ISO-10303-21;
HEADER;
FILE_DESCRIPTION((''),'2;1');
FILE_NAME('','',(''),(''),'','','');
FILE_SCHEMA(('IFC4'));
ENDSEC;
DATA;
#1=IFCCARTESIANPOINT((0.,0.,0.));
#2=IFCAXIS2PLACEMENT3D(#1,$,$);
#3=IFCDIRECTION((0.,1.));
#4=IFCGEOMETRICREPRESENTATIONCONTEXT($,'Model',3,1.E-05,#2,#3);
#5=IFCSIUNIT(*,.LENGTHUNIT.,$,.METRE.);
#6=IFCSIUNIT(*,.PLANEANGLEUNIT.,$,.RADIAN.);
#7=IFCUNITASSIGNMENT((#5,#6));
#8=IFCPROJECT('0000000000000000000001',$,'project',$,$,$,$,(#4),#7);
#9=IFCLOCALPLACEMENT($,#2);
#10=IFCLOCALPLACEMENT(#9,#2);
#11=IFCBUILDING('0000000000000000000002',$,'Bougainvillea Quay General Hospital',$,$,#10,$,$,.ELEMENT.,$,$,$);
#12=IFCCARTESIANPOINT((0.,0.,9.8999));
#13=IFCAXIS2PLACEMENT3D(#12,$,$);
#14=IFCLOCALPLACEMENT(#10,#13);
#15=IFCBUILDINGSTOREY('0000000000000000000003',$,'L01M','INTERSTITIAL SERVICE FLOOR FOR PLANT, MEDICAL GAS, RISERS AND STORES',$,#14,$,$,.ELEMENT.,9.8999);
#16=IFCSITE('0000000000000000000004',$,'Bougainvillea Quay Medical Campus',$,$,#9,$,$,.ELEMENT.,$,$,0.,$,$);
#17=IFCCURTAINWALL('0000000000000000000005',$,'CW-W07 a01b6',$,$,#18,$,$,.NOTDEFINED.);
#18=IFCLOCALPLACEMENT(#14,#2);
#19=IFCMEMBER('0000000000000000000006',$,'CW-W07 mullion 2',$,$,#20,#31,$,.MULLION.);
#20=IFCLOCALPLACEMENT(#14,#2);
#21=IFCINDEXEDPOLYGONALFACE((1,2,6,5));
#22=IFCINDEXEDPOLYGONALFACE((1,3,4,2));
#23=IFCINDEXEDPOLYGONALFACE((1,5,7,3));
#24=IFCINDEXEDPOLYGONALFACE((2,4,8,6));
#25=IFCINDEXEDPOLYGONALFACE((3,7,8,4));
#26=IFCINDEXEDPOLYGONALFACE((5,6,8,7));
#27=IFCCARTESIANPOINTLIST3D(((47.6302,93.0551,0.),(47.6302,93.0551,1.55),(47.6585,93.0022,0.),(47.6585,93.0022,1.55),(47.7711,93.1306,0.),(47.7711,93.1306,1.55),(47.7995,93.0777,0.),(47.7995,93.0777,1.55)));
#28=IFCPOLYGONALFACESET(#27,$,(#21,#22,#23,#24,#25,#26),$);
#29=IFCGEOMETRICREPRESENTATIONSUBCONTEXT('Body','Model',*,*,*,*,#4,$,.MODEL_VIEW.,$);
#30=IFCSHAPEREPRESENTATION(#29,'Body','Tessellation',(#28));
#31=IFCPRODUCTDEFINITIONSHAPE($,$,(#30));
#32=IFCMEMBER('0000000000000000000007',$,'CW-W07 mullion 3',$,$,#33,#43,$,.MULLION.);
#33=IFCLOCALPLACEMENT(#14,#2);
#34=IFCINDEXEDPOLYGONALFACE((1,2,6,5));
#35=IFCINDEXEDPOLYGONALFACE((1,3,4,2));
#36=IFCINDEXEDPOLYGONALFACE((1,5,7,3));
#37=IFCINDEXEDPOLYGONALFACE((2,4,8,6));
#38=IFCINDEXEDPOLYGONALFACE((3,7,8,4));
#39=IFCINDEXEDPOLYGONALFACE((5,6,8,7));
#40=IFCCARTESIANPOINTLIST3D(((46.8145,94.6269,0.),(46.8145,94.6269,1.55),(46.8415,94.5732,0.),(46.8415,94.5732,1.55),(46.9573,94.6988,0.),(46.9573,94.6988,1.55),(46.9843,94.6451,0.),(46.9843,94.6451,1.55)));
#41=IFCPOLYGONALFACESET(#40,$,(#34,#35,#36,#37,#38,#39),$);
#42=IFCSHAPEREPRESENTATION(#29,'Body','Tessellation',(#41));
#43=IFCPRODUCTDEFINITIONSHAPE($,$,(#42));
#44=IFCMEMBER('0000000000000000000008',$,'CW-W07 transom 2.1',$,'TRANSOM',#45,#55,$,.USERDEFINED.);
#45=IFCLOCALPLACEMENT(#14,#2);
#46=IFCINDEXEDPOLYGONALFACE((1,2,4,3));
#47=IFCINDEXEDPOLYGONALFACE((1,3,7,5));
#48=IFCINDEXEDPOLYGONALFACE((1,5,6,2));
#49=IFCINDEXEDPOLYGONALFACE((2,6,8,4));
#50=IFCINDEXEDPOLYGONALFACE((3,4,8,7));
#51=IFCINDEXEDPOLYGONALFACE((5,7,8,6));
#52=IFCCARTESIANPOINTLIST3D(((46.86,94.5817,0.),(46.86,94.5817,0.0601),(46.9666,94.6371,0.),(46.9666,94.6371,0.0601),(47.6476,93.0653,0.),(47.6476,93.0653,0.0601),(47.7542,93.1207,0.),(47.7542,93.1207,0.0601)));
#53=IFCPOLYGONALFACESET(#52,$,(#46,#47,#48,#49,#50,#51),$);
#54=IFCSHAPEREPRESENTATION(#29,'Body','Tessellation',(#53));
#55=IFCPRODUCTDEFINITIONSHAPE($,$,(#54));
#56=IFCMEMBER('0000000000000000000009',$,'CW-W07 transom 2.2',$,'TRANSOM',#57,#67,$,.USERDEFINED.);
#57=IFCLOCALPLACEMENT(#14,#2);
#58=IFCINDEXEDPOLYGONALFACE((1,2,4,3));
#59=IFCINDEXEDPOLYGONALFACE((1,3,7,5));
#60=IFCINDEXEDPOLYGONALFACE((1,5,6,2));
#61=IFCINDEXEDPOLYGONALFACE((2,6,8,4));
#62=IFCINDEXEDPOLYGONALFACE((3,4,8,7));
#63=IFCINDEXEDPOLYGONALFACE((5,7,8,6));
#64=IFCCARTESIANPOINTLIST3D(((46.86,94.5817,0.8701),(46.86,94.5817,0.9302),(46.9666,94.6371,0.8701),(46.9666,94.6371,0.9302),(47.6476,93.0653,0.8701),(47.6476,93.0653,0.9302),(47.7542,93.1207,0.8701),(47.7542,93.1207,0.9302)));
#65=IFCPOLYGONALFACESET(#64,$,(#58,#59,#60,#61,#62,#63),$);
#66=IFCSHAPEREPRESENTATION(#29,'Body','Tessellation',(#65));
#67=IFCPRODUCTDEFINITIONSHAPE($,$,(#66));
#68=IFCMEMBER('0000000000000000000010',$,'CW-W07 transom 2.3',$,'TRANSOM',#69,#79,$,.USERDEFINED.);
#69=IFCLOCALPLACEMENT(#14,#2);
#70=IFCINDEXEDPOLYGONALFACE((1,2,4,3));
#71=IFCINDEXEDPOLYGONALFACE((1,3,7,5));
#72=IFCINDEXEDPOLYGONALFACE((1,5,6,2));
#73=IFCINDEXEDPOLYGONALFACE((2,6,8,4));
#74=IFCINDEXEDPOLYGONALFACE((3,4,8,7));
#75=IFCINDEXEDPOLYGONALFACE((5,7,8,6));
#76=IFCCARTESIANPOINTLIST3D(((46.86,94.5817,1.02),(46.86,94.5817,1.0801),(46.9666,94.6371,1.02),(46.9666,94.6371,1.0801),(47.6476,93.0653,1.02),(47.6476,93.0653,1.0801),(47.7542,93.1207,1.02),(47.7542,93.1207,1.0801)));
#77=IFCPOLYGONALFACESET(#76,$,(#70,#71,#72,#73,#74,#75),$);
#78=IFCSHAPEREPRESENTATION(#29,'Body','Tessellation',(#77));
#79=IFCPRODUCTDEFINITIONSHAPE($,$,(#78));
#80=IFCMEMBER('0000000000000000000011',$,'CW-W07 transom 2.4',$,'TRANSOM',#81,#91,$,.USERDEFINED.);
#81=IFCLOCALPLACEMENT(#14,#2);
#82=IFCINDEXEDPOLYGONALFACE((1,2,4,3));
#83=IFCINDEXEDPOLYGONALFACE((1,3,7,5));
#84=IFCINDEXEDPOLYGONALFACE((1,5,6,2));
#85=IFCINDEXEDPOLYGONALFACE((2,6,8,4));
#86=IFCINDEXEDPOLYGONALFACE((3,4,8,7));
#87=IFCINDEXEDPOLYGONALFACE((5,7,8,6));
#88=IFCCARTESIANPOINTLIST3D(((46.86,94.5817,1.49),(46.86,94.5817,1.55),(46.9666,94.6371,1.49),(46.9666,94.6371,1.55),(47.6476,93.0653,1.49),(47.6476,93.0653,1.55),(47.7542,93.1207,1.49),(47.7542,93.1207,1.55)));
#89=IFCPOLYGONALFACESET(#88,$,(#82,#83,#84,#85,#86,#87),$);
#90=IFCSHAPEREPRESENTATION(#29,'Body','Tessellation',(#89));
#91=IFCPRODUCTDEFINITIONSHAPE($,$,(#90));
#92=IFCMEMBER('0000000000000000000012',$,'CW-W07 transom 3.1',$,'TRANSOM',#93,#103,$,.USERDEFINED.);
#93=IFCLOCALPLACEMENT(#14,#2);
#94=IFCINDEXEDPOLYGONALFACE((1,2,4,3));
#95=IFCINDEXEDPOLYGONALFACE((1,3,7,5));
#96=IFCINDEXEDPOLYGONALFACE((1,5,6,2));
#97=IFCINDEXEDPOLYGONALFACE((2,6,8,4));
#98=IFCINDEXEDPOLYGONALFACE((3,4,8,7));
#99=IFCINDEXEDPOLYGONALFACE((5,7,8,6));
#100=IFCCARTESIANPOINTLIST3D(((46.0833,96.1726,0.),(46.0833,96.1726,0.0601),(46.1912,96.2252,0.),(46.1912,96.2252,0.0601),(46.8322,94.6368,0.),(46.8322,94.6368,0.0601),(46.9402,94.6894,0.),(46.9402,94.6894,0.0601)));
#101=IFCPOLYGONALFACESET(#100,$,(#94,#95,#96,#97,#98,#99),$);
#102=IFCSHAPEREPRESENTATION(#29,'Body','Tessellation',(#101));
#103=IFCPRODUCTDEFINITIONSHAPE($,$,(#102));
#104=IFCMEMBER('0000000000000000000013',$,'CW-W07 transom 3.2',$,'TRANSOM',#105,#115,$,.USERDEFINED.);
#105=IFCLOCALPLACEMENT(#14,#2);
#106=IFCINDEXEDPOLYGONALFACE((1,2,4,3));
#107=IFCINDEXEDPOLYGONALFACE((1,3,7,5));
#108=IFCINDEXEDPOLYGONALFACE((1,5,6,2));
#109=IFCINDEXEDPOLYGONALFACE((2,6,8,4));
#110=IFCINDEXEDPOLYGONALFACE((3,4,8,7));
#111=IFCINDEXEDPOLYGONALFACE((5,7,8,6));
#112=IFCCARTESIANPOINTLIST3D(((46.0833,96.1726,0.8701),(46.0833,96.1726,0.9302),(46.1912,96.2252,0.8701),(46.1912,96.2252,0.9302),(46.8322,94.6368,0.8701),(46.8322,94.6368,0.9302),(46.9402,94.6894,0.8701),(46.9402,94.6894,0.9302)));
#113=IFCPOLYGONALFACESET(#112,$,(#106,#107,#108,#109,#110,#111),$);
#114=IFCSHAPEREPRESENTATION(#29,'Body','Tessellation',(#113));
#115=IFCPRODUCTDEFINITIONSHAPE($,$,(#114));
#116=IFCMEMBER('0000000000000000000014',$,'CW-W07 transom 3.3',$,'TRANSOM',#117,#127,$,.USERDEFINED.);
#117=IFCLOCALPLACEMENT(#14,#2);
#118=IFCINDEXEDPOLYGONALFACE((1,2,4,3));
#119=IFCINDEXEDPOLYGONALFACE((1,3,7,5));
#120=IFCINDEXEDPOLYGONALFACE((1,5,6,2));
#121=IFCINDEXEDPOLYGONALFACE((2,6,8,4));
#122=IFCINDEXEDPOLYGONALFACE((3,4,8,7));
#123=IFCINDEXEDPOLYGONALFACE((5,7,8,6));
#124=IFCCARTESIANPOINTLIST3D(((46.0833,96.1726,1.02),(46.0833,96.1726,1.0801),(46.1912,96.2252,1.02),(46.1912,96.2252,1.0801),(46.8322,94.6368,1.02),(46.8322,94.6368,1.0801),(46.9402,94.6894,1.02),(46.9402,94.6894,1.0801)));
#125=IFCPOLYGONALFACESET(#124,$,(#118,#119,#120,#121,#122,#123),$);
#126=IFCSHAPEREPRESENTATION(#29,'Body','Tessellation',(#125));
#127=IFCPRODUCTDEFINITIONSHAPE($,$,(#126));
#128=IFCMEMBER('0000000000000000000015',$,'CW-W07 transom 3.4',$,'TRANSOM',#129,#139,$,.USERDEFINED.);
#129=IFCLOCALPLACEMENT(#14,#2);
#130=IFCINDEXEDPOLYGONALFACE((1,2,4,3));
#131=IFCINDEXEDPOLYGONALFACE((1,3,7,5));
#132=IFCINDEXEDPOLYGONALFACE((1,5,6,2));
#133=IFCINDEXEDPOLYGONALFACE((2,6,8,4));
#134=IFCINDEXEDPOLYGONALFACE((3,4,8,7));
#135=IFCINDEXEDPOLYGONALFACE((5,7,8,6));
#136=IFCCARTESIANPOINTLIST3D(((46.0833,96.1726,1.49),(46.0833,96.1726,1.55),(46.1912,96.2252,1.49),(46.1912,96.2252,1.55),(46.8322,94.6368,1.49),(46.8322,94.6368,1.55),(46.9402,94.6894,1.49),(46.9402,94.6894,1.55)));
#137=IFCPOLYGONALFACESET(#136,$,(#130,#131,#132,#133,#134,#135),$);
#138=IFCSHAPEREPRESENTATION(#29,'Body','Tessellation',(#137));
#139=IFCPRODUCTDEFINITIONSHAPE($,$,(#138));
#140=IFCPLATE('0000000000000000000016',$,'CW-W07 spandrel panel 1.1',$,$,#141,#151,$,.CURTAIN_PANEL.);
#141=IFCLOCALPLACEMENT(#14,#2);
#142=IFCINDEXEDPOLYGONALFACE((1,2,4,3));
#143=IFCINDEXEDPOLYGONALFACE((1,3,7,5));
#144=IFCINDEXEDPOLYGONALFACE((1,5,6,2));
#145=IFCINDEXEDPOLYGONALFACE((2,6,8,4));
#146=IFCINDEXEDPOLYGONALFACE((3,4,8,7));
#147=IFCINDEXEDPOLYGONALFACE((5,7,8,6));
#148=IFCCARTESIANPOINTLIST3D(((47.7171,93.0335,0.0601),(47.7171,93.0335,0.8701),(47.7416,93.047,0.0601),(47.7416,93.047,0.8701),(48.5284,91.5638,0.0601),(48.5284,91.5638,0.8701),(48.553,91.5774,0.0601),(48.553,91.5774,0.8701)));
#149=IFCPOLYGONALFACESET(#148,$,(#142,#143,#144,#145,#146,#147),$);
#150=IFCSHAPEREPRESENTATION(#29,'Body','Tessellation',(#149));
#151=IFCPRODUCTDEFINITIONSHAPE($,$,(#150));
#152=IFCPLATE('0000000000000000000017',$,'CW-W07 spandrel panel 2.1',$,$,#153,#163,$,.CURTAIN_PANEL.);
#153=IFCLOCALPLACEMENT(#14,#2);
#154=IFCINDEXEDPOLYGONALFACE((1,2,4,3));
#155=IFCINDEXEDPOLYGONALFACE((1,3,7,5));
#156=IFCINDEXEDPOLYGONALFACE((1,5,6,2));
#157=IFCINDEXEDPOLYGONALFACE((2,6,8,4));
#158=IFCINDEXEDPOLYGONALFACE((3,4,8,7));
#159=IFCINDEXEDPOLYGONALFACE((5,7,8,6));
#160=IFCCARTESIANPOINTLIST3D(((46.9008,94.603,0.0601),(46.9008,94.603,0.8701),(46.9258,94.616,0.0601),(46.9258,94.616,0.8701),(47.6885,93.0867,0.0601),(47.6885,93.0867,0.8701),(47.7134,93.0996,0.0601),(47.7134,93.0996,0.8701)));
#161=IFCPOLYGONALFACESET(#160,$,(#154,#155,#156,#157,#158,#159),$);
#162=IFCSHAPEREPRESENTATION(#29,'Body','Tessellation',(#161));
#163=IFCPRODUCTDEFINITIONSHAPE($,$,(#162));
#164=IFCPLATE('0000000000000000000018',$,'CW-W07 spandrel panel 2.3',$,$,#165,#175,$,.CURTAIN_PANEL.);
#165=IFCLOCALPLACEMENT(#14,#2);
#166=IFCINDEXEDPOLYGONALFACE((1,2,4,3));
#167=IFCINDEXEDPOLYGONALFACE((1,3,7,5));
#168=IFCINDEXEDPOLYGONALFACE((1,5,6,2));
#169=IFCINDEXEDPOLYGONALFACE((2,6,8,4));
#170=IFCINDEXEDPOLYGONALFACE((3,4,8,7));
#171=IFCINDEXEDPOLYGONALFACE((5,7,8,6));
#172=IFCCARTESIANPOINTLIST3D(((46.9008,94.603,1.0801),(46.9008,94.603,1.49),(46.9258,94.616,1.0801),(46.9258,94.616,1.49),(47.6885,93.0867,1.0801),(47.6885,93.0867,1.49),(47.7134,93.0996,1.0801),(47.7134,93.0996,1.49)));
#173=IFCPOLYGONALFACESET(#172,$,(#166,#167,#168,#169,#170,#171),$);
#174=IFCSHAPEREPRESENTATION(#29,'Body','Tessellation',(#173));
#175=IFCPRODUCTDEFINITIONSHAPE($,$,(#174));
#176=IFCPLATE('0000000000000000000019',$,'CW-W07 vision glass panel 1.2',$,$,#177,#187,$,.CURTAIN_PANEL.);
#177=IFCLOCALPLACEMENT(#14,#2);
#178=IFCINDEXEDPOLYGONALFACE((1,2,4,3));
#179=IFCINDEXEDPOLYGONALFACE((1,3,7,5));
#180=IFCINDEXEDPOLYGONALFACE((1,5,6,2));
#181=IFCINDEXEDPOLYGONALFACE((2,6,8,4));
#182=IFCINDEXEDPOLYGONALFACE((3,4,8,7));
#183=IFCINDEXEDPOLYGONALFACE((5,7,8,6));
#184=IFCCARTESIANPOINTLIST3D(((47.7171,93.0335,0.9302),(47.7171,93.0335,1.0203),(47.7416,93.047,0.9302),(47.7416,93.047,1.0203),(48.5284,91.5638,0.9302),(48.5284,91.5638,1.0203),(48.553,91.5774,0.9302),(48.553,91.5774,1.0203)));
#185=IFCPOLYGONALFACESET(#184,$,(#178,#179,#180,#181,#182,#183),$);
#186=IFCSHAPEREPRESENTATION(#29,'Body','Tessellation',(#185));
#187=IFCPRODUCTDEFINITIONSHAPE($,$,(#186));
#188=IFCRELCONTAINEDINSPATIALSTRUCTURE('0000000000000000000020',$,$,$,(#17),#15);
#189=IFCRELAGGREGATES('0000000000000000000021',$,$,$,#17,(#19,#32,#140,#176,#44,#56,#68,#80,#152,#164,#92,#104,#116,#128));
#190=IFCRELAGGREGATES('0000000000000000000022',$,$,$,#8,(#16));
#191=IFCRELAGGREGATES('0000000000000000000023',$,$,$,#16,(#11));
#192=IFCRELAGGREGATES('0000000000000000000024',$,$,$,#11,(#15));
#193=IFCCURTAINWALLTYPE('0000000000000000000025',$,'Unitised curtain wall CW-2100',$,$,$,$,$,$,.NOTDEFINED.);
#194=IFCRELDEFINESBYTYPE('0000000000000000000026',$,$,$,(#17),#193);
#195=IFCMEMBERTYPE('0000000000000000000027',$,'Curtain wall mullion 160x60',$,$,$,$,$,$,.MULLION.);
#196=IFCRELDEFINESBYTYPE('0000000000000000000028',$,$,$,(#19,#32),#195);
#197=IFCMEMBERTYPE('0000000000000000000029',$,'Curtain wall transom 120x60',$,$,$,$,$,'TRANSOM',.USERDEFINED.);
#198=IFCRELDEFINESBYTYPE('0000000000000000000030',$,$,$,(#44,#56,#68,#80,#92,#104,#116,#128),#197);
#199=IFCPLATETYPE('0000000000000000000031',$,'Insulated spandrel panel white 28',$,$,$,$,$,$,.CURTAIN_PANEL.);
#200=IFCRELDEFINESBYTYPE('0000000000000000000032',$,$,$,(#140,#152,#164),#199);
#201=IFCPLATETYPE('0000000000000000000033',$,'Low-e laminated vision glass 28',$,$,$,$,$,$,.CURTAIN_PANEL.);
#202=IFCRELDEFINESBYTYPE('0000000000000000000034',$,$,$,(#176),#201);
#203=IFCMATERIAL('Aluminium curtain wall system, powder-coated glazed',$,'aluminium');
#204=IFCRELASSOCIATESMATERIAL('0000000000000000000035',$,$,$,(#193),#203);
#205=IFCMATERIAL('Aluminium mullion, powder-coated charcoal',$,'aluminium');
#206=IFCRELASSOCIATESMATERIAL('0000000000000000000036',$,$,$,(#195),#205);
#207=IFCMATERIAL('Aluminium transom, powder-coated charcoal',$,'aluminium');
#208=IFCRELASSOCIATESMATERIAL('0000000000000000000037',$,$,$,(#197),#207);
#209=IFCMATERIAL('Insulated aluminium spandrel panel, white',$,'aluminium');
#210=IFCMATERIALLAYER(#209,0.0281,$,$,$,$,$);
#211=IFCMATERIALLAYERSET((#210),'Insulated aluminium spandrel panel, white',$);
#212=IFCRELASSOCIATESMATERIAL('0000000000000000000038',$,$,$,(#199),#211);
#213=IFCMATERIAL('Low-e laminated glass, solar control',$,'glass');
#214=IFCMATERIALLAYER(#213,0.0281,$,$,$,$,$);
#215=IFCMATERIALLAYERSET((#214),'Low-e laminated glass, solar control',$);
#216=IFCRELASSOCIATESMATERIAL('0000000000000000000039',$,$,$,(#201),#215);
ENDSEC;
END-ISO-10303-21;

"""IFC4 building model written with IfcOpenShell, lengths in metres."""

from ifc_helpers import new_model, si_unit, direction, frame, origin, origin_2d, place, context, subcontext, project, spatial, rectangle, extrude, material, layer, layer_set, material_profile, profile_set, type_object, element, aggregate, save


model = new_model("IFC4")

# Units and contexts
model_context = context("Model", 3, precision=1e-05, world=origin(), true_north=direction((0.0, 1.0)))
body_context = subcontext(model_context, "Body", "Model", "MODEL_VIEW")
ifc_project = project(units=[si_unit("LENGTHUNIT", "METRE"), si_unit("PLANEANGLEUNIT", "RADIAN")], contexts=[model_context])

# Site, building, storey
site_placement = place(None, origin())
site = spatial("IfcSite", under=ifc_project, at=site_placement, Name="Bougainvillea Quay Medical Campus", CompositionType="ELEMENT", RefElevation=0.0)
building_placement = place(site_placement, origin())
building = spatial("IfcBuilding", under=site, at=building_placement, Name="Bougainvillea Quay General Hospital", CompositionType="ELEMENT")
storey_placement = place(building_placement, frame((0.0, 0.0, 9.8999)))
storey = spatial("IfcBuildingStorey", under=building, at=storey_placement, Name="L01M", Description="INTERSTITIAL SERVICE FLOOR FOR PLANT, MEDICAL GAS, RISERS AND STORES", CompositionType="ELEMENT", Elevation=9.8999)

# Curtain wall, members, plates
ifc_material_1 = material(Name="Aluminium curtain wall system, powder-coated glazed", Category="aluminium")
curtain_wall_type = type_object("IfcCurtainWallType", Name="Unitised curtain wall CW-2100", PredefinedType="NOTDEFINED", material=ifc_material_1)
curtain_wall_placement = place(storey_placement, origin())
curtain_wall = element("IfcCurtainWall", 1, at=curtain_wall_placement, inside=storey, type_object=curtain_wall_type, Name="CW-W07 a01b6", PredefinedType="NOTDEFINED")
ifc_material_2 = material(Name="Aluminium mullion, powder-coated charcoal", Category="aluminium")
ifc_material_profile_1 = material_profile(ifc_material_2, rectangle(XDim=0.1599, YDim=0.0601, at=origin_2d()))
ifc_profile_set_1 = profile_set([ifc_material_profile_1], Name="Aluminium mullion, powder-coated charcoal")
member_type_1 = type_object("IfcMemberType", Name="Curtain wall mullion 160x60", PredefinedType="MULLION", material=ifc_profile_set_1)
member_1_placement = place(storey_placement, frame((47.7148, 93.0664, 0.0), z_axis=(0.0, 0.0, 1.0), x_axis=(-0.88151, -0.472166, 0.0)))
member_1 = element("IfcMember", 2, at=member_1_placement, type_object=member_type_1, Name="CW-W07 mullion 2", PredefinedType="MULLION", context=body_context, shape_type="SweptSolid", body=[
    extrude(rectangle(XDim=0.1599, YDim=0.0601, at=origin_2d()), origin(), (0.0, 0.0, 1.0), 1.55),
])
member_2_placement = place(storey_placement, frame((46.8994, 94.636, 0.0), z_axis=(0.0, 0.0, 1.0), x_axis=(-0.893199, -0.449662, 0.0)))
member_2 = element("IfcMember", 3, at=member_2_placement, type_object=member_type_1, Name="CW-W07 mullion 3", PredefinedType="MULLION", context=body_context, shape_type="SweptSolid", body=[
    extrude(rectangle(XDim=0.1599, YDim=0.0601, at=origin_2d()), origin(), (0.0, 0.0, 1.0), 1.55),
])
ifc_material_3 = material(Name="Aluminium transom, powder-coated charcoal", Category="aluminium")
ifc_material_profile_2 = material_profile(ifc_material_3, rectangle(XDim=0.1201, YDim=0.0601, at=origin_2d()))
ifc_profile_set_2 = profile_set([ifc_material_profile_2], Name="Aluminium transom, powder-coated charcoal")
member_type_2 = type_object("IfcMemberType", Name="Curtain wall transom 120x60", ElementType="TRANSOM", PredefinedType="USERDEFINED", material=ifc_profile_set_2)
member_3_placement = place(storey_placement, frame((47.7009, 93.093, 0.03), z_axis=(-0.460934, 0.887434, 0.0), x_axis=(-0.887434, -0.460934, 0.0)))
member_3 = element("IfcMember", 4, at=member_3_placement, type_object=member_type_2, Name="CW-W07 transom 2.1", ObjectType="TRANSOM", PredefinedType="USERDEFINED", context=body_context, shape_type="SweptSolid", body=[
    extrude(rectangle(XDim=0.1201, YDim=0.0601, at=origin_2d()), origin(), (0.0, 0.0, 1.0), 1.7087),
])
member_4_placement = place(storey_placement, frame((47.7009, 93.093, 0.9001), z_axis=(-0.460934, 0.887434, 0.0), x_axis=(-0.887434, -0.460934, 0.0)))
member_4 = element("IfcMember", 5, at=member_4_placement, type_object=member_type_2, Name="CW-W07 transom 2.2", ObjectType="TRANSOM", PredefinedType="USERDEFINED", context=body_context, shape_type="SweptSolid", body=[
    extrude(rectangle(XDim=0.1201, YDim=0.0601, at=origin_2d()), origin(), (0.0, 0.0, 1.0), 1.7087),
])
member_5_placement = place(storey_placement, frame((47.7009, 93.093, 1.05), z_axis=(-0.460934, 0.887434, 0.0), x_axis=(-0.887434, -0.460934, 0.0)))
member_5 = element("IfcMember", 6, at=member_5_placement, type_object=member_type_2, Name="CW-W07 transom 2.3", ObjectType="TRANSOM", PredefinedType="USERDEFINED", context=body_context, shape_type="SweptSolid", body=[
    extrude(rectangle(XDim=0.1201, YDim=0.0601, at=origin_2d()), origin(), (0.0, 0.0, 1.0), 1.7087),
])
member_6_placement = place(storey_placement, frame((47.7009, 93.093, 1.52), z_axis=(-0.460934, 0.887434, 0.0), x_axis=(-0.887434, -0.460934, 0.0)))
member_6 = element("IfcMember", 7, at=member_6_placement, type_object=member_type_2, Name="CW-W07 transom 2.4", ObjectType="TRANSOM", PredefinedType="USERDEFINED", context=body_context, shape_type="SweptSolid", body=[
    extrude(rectangle(XDim=0.1201, YDim=0.0601, at=origin_2d()), origin(), (0.0, 0.0, 1.0), 1.7087),
])
member_7_placement = place(storey_placement, frame((46.8862, 94.6631, 0.03), z_axis=(-0.438334, 0.898812, 0.0), x_axis=(-0.898812, -0.438334, 0.0)))
member_7 = element("IfcMember", 8, at=member_7_placement, type_object=member_type_2, Name="CW-W07 transom 3.1", ObjectType="TRANSOM", PredefinedType="USERDEFINED", context=body_context, shape_type="SweptSolid", body=[
    extrude(rectangle(XDim=0.1201, YDim=0.0601, at=origin_2d()), origin(), (0.0, 0.0, 1.0), 1.7087),
])
member_8_placement = place(storey_placement, frame((46.8862, 94.6631, 0.9001), z_axis=(-0.438334, 0.898812, 0.0), x_axis=(-0.898812, -0.438334, 0.0)))
member_8 = element("IfcMember", 9, at=member_8_placement, type_object=member_type_2, Name="CW-W07 transom 3.2", ObjectType="TRANSOM", PredefinedType="USERDEFINED", context=body_context, shape_type="SweptSolid", body=[
    extrude(rectangle(XDim=0.1201, YDim=0.0601, at=origin_2d()), origin(), (0.0, 0.0, 1.0), 1.7087),
])
member_9_placement = place(storey_placement, frame((46.8862, 94.6631, 1.05), z_axis=(-0.438334, 0.898812, 0.0), x_axis=(-0.898812, -0.438334, 0.0)))
member_9 = element("IfcMember", 10, at=member_9_placement, type_object=member_type_2, Name="CW-W07 transom 3.3", ObjectType="TRANSOM", PredefinedType="USERDEFINED", context=body_context, shape_type="SweptSolid", body=[
    extrude(rectangle(XDim=0.1201, YDim=0.0601, at=origin_2d()), origin(), (0.0, 0.0, 1.0), 1.7087),
])
member_10_placement = place(storey_placement, frame((46.8862, 94.6631, 1.52), z_axis=(-0.438334, 0.898812, 0.0), x_axis=(-0.898812, -0.438334, 0.0)))
member_10 = element("IfcMember", 11, at=member_10_placement, type_object=member_type_2, Name="CW-W07 transom 3.4", ObjectType="TRANSOM", PredefinedType="USERDEFINED", context=body_context, shape_type="SweptSolid", body=[
    extrude(rectangle(XDim=0.1201, YDim=0.0601, at=origin_2d()), origin(), (0.0, 0.0, 1.0), 1.7087),
])
ifc_material_4 = material(Name="Insulated aluminium spandrel panel, white", Category="aluminium")
ifc_layer_1 = layer(ifc_material_4, 0.0281)
ifc_layer_set_1 = layer_set([ifc_layer_1], Name="Insulated aluminium spandrel panel, white")
plate_type_1 = type_object("IfcPlateType", Name="Insulated spandrel panel white 28", PredefinedType="CURTAIN_PANEL", material=ifc_layer_set_1)
plate_1_placement = place(storey_placement, frame((48.135, 92.3054, 0.0601), z_axis=(0.0, 0.0, 1.0), x_axis=(-0.483305, 0.875452, 0.0)))
plate_1 = element("IfcPlate", 12, at=plate_1_placement, type_object=plate_type_1, Name="CW-W07 spandrel panel 1.1", PredefinedType="CURTAIN_PANEL", context=body_context, shape_type="SweptSolid", body=[
    extrude(rectangle(XDim=1.6787, YDim=0.0281, at=origin_2d()), origin(), (0.0, 0.0, 1.0), 0.8101),
])
plate_2_placement = place(storey_placement, frame((47.3071, 93.8513, 0.0601), z_axis=(0.0, 0.0, 1.0), x_axis=(-0.460951, 0.887426, 0.0)))
plate_2 = element("IfcPlate", 13, at=plate_2_placement, type_object=plate_type_1, Name="CW-W07 spandrel panel 2.1", PredefinedType="CURTAIN_PANEL", context=body_context, shape_type="SweptSolid", body=[
    extrude(rectangle(XDim=1.7087, YDim=0.0281, at=origin_2d()), origin(), (0.0, 0.0, 1.0), 0.8101),
])
plate_3_placement = place(storey_placement, frame((47.3071, 93.8513, 1.0801), z_axis=(0.0, 0.0, 1.0), x_axis=(-0.460951, 0.887426, 0.0)))
plate_3 = element("IfcPlate", 14, at=plate_3_placement, type_object=plate_type_1, Name="CW-W07 spandrel panel 2.3", PredefinedType="CURTAIN_PANEL", context=body_context, shape_type="SweptSolid", body=[
    extrude(rectangle(XDim=1.7087, YDim=0.0281, at=origin_2d()), origin(), (0.0, 0.0, 1.0), 0.4099),
])
ifc_material_5 = material(Name="Low-e laminated glass, solar control", Category="glass")
ifc_layer_2 = layer(ifc_material_5, 0.0281)
ifc_layer_set_2 = layer_set([ifc_layer_2], Name="Low-e laminated glass, solar control")
plate_type_2 = type_object("IfcPlateType", Name="Low-e laminated vision glass 28", PredefinedType="CURTAIN_PANEL", material=ifc_layer_set_2)
plate_4_placement = place(storey_placement, frame((48.135, 92.3054, 0.9302), z_axis=(0.0, 0.0, 1.0), x_axis=(-0.483305, 0.875452, 0.0)))
plate_4 = element("IfcPlate", 15, at=plate_4_placement, type_object=plate_type_2, Name="CW-W07 vision glass panel 1.2", PredefinedType="CURTAIN_PANEL", context=body_context, shape_type="SweptSolid", body=[
    extrude(rectangle(XDim=1.6787, YDim=0.0281, at=origin_2d()), origin(), (0.0, 0.0, 1.0), 0.0901),
])
aggregate(curtain_wall, [member_1, member_2, plate_1, plate_4, member_3, member_4, member_5, member_6, plate_2, plate_3, member_7, member_8, member_9, member_10])

save(model, "model.ifc")
